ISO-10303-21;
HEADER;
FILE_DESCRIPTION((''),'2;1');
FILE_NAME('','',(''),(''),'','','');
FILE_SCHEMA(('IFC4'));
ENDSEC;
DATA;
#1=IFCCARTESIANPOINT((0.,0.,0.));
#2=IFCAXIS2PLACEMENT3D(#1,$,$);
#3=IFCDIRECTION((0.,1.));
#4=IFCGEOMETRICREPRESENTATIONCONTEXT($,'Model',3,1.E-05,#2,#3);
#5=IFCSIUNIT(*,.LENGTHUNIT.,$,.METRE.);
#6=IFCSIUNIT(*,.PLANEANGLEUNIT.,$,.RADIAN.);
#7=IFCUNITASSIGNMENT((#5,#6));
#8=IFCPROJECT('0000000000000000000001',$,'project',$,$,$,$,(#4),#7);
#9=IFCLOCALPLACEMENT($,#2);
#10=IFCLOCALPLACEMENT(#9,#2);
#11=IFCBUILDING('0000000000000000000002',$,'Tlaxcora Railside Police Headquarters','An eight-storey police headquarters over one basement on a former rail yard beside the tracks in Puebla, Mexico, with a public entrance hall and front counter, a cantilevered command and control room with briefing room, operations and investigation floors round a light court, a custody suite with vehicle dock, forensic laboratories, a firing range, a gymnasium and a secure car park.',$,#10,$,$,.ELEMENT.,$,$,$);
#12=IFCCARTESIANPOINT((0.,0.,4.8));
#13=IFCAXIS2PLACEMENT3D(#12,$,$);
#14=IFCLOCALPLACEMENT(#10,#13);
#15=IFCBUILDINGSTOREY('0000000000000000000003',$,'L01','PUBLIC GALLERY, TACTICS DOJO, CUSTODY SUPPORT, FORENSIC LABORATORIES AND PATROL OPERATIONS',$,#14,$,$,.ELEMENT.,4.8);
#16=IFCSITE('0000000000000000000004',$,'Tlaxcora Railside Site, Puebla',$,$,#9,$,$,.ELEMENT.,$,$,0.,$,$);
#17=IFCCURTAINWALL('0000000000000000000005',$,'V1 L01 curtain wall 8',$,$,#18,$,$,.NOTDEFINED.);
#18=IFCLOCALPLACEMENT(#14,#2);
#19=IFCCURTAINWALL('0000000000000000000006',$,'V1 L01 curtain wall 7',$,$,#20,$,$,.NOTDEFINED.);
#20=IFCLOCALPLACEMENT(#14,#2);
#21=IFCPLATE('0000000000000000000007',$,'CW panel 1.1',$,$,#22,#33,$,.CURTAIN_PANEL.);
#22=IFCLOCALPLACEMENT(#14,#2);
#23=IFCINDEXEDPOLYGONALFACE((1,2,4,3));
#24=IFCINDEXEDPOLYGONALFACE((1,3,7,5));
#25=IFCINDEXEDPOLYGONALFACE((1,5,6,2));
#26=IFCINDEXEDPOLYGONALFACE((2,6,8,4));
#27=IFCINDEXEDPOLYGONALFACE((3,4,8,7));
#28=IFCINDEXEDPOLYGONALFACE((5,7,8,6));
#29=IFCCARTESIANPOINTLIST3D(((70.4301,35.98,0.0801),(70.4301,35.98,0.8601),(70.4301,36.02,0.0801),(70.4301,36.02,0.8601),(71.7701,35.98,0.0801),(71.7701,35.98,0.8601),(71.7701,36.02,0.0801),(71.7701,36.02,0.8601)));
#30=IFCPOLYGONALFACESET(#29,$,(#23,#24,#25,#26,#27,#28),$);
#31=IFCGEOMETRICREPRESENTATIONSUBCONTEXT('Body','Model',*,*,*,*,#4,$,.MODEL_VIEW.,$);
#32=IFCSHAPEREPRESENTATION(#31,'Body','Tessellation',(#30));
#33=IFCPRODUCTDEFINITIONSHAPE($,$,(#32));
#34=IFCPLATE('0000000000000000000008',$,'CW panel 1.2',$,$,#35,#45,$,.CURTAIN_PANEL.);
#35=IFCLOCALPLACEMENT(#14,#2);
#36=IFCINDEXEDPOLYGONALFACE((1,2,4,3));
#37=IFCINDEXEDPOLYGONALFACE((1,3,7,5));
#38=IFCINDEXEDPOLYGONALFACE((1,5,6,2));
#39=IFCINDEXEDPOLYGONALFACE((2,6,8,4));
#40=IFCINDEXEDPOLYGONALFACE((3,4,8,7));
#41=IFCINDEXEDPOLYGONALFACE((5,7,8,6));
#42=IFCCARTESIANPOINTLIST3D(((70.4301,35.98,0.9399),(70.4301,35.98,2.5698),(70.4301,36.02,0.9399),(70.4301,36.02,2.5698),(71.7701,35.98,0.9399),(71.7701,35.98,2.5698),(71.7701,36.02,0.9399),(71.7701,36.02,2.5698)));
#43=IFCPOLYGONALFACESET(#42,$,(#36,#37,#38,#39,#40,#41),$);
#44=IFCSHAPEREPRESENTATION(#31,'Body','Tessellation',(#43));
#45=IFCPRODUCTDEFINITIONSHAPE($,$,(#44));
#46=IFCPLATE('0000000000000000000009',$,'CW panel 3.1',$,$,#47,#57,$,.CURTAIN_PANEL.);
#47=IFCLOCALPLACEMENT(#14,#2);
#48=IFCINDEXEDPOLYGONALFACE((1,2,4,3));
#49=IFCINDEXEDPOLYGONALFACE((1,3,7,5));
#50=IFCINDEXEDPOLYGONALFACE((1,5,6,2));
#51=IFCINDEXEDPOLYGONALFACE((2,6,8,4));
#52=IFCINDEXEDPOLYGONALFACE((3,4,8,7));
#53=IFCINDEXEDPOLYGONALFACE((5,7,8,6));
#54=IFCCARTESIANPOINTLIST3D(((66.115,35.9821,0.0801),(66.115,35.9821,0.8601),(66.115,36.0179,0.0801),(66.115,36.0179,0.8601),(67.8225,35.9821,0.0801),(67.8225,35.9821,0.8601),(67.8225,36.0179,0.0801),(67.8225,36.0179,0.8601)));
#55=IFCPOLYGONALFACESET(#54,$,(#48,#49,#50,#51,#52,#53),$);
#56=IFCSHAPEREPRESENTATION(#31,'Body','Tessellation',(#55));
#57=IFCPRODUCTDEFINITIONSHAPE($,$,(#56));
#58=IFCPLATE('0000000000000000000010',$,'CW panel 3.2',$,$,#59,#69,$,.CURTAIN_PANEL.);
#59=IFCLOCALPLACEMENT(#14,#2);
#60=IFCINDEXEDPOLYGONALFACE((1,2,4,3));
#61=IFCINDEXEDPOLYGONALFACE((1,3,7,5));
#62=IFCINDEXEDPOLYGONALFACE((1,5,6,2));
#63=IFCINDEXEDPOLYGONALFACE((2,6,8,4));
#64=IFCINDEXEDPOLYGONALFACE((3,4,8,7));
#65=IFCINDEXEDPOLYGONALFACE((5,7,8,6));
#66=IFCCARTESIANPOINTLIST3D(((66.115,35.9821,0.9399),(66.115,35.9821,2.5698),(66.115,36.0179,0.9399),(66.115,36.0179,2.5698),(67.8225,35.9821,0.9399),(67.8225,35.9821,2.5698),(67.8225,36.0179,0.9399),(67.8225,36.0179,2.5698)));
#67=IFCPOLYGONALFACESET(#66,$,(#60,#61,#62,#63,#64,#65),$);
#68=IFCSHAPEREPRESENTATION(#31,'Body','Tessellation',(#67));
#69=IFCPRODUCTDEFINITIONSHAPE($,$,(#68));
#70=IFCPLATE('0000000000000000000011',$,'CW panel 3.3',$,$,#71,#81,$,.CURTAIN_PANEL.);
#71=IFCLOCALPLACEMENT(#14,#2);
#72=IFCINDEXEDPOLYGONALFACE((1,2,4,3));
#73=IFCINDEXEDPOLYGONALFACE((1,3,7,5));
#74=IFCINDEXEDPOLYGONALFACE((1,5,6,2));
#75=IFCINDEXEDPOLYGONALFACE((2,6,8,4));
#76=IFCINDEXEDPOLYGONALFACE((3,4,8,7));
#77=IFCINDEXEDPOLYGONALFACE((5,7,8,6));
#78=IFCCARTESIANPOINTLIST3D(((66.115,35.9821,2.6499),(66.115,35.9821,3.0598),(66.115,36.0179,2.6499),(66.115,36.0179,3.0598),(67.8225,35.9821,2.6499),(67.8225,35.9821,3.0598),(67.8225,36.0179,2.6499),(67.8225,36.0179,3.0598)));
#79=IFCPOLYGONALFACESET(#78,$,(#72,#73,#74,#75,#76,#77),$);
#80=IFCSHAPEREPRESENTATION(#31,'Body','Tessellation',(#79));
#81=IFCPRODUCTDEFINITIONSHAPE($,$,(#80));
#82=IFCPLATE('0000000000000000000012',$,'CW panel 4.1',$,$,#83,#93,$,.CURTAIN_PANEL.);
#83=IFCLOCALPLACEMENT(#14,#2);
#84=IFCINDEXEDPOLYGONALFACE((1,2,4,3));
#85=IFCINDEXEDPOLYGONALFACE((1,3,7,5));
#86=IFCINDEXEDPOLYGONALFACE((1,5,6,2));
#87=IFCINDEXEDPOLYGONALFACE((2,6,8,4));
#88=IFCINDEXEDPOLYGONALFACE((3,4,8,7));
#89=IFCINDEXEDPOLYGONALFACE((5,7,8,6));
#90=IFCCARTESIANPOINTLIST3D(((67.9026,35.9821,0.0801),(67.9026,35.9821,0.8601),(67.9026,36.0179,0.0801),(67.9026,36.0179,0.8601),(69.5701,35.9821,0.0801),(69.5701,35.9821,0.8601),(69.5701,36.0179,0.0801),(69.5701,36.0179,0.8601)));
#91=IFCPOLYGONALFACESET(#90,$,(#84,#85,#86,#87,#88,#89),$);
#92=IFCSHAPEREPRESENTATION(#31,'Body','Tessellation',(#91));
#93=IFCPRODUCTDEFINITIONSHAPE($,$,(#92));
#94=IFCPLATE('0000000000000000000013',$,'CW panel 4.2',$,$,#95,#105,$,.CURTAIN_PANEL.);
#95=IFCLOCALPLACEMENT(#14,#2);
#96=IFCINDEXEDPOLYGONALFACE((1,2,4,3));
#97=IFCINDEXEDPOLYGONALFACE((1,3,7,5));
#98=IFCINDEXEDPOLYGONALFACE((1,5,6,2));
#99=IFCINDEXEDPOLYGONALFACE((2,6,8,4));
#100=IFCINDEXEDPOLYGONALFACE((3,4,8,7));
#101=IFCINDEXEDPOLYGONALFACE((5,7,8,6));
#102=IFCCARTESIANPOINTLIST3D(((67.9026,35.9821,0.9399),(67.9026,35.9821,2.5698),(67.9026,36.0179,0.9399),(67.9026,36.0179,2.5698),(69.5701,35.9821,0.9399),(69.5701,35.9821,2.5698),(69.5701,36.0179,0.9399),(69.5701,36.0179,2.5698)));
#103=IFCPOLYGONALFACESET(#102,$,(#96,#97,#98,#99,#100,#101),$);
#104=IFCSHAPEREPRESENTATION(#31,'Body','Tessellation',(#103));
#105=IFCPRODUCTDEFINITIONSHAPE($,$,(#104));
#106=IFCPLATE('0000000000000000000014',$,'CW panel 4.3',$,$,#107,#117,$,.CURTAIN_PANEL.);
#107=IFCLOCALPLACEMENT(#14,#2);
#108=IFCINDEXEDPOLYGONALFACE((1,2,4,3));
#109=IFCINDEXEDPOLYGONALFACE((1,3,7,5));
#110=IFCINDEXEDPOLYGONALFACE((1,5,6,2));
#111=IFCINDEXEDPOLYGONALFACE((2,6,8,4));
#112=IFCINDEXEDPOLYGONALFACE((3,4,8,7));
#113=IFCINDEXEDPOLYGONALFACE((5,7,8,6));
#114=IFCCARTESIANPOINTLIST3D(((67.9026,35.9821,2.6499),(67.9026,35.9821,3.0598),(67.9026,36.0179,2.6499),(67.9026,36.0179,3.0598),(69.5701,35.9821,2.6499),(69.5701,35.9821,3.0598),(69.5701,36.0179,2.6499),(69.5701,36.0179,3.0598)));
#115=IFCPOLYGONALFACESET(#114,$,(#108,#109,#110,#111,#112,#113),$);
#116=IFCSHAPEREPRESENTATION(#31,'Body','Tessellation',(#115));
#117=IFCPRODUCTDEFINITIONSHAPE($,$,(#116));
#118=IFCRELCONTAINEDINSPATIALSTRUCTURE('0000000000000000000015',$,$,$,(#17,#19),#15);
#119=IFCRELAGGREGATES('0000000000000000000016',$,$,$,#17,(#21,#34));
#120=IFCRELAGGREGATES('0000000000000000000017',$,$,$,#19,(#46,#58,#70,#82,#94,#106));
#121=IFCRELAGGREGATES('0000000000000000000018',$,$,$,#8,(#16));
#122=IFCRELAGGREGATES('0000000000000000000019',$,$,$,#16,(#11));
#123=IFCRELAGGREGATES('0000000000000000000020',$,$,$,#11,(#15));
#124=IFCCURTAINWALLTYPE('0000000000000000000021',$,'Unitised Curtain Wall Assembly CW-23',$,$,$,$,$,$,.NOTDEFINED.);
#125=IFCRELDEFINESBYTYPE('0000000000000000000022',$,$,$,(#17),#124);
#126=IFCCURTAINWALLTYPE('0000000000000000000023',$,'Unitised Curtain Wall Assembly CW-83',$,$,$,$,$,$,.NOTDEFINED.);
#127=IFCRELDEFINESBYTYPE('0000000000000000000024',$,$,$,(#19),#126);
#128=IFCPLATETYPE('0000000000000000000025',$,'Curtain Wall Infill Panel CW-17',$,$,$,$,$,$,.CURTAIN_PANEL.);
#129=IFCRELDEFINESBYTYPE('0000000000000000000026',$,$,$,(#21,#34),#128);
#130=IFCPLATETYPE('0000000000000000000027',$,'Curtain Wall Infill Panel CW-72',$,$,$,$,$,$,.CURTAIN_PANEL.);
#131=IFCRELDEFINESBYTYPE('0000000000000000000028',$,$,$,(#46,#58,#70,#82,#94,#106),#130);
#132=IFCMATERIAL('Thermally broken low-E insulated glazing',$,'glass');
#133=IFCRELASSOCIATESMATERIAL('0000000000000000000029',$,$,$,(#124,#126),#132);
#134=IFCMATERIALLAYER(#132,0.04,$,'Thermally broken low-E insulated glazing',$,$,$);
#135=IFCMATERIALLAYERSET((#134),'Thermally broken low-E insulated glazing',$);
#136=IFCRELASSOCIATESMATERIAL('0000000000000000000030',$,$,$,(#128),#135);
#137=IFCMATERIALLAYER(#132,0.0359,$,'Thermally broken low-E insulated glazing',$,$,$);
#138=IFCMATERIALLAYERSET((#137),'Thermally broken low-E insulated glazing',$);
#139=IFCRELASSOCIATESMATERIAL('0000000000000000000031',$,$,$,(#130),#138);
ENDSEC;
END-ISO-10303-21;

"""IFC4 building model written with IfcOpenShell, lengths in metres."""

from ifc_helpers import new_model, si_unit, direction, frame, origin, origin_2d, place, context, subcontext, project, spatial, rectangle, extrude, material, layer, layer_set, type_object, element, aggregate, save


model = new_model("IFC4")

# Units and contexts
model_context = context("Model", 3, precision=1e-05, world=origin(), true_north=direction((0.0, 1.0)))
body_context = subcontext(model_context, "Body", "Model", "MODEL_VIEW")
ifc_project = project(units=[si_unit("LENGTHUNIT", "METRE"), si_unit("PLANEANGLEUNIT", "RADIAN")], contexts=[model_context])

# Site, building, storey
site_placement = place(None, origin())
site = spatial("IfcSite", under=ifc_project, at=site_placement, Name="Tlaxcora Railside Site, Puebla", CompositionType="ELEMENT", RefElevation=0.0)
building_placement = place(site_placement, origin())
building = spatial("IfcBuilding", under=site, at=building_placement, Name="Tlaxcora Railside Police Headquarters", Description="An eight-storey police headquarters over one basement on a former rail yard beside the tracks in Puebla, Mexico, with a public entrance hall and front counter, a cantilevered command and control room with briefing room, operations and investigation floors round a light court, a custody suite with vehicle dock, forensic laboratories, a firing range, a gymnasium and a secure car park.", CompositionType="ELEMENT")
storey_placement = place(building_placement, frame((0.0, 0.0, 4.8)))
storey = spatial("IfcBuildingStorey", under=building, at=storey_placement, Name="L01", Description="PUBLIC GALLERY, TACTICS DOJO, CUSTODY SUPPORT, FORENSIC LABORATORIES AND PATROL OPERATIONS", CompositionType="ELEMENT", Elevation=4.8)

# Curtain wall
ifc_material_1 = material(Name="Thermally broken low-E insulated glazing", Category="glass")
curtain_wall_type_1 = type_object("IfcCurtainWallType", Name="Unitised Curtain Wall Assembly CW-23", PredefinedType="NOTDEFINED", material=ifc_material_1)
curtain_wall_1_placement = place(storey_placement, origin())
curtain_wall_1 = element("IfcCurtainWall", 1, at=curtain_wall_1_placement, inside=storey, type_object=curtain_wall_type_1, Name="V1 L01 curtain wall 8", PredefinedType="NOTDEFINED")

# Curtain wall
curtain_wall_type_2 = type_object("IfcCurtainWallType", Name="Unitised Curtain Wall Assembly CW-83", PredefinedType="NOTDEFINED", material=ifc_material_1)
curtain_wall_2_placement = place(storey_placement, origin())
curtain_wall_2 = element("IfcCurtainWall", 2, at=curtain_wall_2_placement, inside=storey, type_object=curtain_wall_type_2, Name="V1 L01 curtain wall 7", PredefinedType="NOTDEFINED")

# Plates
ifc_layer_1 = layer(ifc_material_1, 0.04, Name="Thermally broken low-E insulated glazing")
ifc_layer_set_1 = layer_set([ifc_layer_1], Name="Thermally broken low-E insulated glazing")
plate_type_1 = type_object("IfcPlateType", Name="Curtain Wall Infill Panel CW-17", PredefinedType="CURTAIN_PANEL", material=ifc_layer_set_1)
plate_1_placement = place(storey_placement, frame((71.1001, 36.0, 0.0801), z_axis=(0.0, 0.0, 1.0), x_axis=(1.0, 0.0, 0.0)))
plate_1 = element("IfcPlate", 3, at=plate_1_placement, type_object=plate_type_1, Name="CW panel 1.1", PredefinedType="CURTAIN_PANEL", context=body_context, shape_type="SweptSolid", body=[
    extrude(rectangle(XDim=1.3401, YDim=0.04, at=origin_2d()), origin(), (0.0, 0.0, 1.0), 0.78),
])
plate_2_placement = place(storey_placement, frame((71.1001, 36.0, 0.9399), z_axis=(0.0, 0.0, 1.0), x_axis=(1.0, 0.0, 0.0)))
plate_2 = element("IfcPlate", 4, at=plate_2_placement, type_object=plate_type_1, Name="CW panel 1.2", PredefinedType="CURTAIN_PANEL", context=body_context, shape_type="SweptSolid", body=[
    extrude(rectangle(XDim=1.3401, YDim=0.04, at=origin_2d()), origin(), (0.0, 0.0, 1.0), 1.6299),
])
aggregate(curtain_wall_1, [plate_1, plate_2])
ifc_layer_2 = layer(ifc_material_1, 0.0359, Name="Thermally broken low-E insulated glazing")
ifc_layer_set_2 = layer_set([ifc_layer_2], Name="Thermally broken low-E insulated glazing")
plate_type_2 = type_object("IfcPlateType", Name="Curtain Wall Infill Panel CW-72", PredefinedType="CURTAIN_PANEL", material=ifc_layer_set_2)
plate_3_placement = place(storey_placement, frame((66.9688, 36.0, 0.0801), z_axis=(0.0, 0.0, 1.0), x_axis=(1.0, 0.0, 0.0)))
plate_3 = element("IfcPlate", 5, at=plate_3_placement, type_object=plate_type_2, Name="CW panel 3.1", PredefinedType="CURTAIN_PANEL", context=body_context, shape_type="SweptSolid", body=[
    extrude(rectangle(XDim=1.7075, YDim=0.0359, at=origin_2d()), origin(), (0.0, 0.0, 1.0), 0.78),
])
plate_4_placement = place(storey_placement, frame((66.9688, 36.0, 0.9399), z_axis=(0.0, 0.0, 1.0), x_axis=(1.0, 0.0, 0.0)))
plate_4 = element("IfcPlate", 6, at=plate_4_placement, type_object=plate_type_2, Name="CW panel 3.2", PredefinedType="CURTAIN_PANEL", context=body_context, shape_type="SweptSolid", body=[
    extrude(rectangle(XDim=1.7075, YDim=0.0359, at=origin_2d()), origin(), (0.0, 0.0, 1.0), 1.6299),
])
plate_5_placement = place(storey_placement, frame((66.9688, 36.0, 2.6499), z_axis=(0.0, 0.0, 1.0), x_axis=(1.0, 0.0, 0.0)))
plate_5 = element("IfcPlate", 7, at=plate_5_placement, type_object=plate_type_2, Name="CW panel 3.3", PredefinedType="CURTAIN_PANEL", context=body_context, shape_type="SweptSolid", body=[
    extrude(rectangle(XDim=1.7075, YDim=0.0359, at=origin_2d()), origin(), (0.0, 0.0, 1.0), 0.4099),
])
plate_6_placement = place(storey_placement, frame((68.7363, 36.0, 0.0801), z_axis=(0.0, 0.0, 1.0), x_axis=(1.0, 0.0, 0.0)))
plate_6 = element("IfcPlate", 8, at=plate_6_placement, type_object=plate_type_2, Name="CW panel 4.1", PredefinedType="CURTAIN_PANEL", context=body_context, shape_type="SweptSolid", body=[
    extrude(rectangle(XDim=1.6675, YDim=0.0359, at=origin_2d()), origin(), (0.0, 0.0, 1.0), 0.78),
])
plate_7_placement = place(storey_placement, frame((68.7363, 36.0, 0.9399), z_axis=(0.0, 0.0, 1.0), x_axis=(1.0, 0.0, 0.0)))
plate_7 = element("IfcPlate", 9, at=plate_7_placement, type_object=plate_type_2, Name="CW panel 4.2", PredefinedType="CURTAIN_PANEL", context=body_context, shape_type="SweptSolid", body=[
    extrude(rectangle(XDim=1.6675, YDim=0.0359, at=origin_2d()), origin(), (0.0, 0.0, 1.0), 1.6299),
])
plate_8_placement = place(storey_placement, frame((68.7363, 36.0, 2.6499), z_axis=(0.0, 0.0, 1.0), x_axis=(1.0, 0.0, 0.0)))
plate_8 = element("IfcPlate", 10, at=plate_8_placement, type_object=plate_type_2, Name="CW panel 4.3", PredefinedType="CURTAIN_PANEL", context=body_context, shape_type="SweptSolid", body=[
    extrude(rectangle(XDim=1.6675, YDim=0.0359, at=origin_2d()), origin(), (0.0, 0.0, 1.0), 0.4099),
])
aggregate(curtain_wall_2, [plate_3, plate_4, plate_5, plate_6, plate_7, plate_8])

save(model, "model.ifc")
